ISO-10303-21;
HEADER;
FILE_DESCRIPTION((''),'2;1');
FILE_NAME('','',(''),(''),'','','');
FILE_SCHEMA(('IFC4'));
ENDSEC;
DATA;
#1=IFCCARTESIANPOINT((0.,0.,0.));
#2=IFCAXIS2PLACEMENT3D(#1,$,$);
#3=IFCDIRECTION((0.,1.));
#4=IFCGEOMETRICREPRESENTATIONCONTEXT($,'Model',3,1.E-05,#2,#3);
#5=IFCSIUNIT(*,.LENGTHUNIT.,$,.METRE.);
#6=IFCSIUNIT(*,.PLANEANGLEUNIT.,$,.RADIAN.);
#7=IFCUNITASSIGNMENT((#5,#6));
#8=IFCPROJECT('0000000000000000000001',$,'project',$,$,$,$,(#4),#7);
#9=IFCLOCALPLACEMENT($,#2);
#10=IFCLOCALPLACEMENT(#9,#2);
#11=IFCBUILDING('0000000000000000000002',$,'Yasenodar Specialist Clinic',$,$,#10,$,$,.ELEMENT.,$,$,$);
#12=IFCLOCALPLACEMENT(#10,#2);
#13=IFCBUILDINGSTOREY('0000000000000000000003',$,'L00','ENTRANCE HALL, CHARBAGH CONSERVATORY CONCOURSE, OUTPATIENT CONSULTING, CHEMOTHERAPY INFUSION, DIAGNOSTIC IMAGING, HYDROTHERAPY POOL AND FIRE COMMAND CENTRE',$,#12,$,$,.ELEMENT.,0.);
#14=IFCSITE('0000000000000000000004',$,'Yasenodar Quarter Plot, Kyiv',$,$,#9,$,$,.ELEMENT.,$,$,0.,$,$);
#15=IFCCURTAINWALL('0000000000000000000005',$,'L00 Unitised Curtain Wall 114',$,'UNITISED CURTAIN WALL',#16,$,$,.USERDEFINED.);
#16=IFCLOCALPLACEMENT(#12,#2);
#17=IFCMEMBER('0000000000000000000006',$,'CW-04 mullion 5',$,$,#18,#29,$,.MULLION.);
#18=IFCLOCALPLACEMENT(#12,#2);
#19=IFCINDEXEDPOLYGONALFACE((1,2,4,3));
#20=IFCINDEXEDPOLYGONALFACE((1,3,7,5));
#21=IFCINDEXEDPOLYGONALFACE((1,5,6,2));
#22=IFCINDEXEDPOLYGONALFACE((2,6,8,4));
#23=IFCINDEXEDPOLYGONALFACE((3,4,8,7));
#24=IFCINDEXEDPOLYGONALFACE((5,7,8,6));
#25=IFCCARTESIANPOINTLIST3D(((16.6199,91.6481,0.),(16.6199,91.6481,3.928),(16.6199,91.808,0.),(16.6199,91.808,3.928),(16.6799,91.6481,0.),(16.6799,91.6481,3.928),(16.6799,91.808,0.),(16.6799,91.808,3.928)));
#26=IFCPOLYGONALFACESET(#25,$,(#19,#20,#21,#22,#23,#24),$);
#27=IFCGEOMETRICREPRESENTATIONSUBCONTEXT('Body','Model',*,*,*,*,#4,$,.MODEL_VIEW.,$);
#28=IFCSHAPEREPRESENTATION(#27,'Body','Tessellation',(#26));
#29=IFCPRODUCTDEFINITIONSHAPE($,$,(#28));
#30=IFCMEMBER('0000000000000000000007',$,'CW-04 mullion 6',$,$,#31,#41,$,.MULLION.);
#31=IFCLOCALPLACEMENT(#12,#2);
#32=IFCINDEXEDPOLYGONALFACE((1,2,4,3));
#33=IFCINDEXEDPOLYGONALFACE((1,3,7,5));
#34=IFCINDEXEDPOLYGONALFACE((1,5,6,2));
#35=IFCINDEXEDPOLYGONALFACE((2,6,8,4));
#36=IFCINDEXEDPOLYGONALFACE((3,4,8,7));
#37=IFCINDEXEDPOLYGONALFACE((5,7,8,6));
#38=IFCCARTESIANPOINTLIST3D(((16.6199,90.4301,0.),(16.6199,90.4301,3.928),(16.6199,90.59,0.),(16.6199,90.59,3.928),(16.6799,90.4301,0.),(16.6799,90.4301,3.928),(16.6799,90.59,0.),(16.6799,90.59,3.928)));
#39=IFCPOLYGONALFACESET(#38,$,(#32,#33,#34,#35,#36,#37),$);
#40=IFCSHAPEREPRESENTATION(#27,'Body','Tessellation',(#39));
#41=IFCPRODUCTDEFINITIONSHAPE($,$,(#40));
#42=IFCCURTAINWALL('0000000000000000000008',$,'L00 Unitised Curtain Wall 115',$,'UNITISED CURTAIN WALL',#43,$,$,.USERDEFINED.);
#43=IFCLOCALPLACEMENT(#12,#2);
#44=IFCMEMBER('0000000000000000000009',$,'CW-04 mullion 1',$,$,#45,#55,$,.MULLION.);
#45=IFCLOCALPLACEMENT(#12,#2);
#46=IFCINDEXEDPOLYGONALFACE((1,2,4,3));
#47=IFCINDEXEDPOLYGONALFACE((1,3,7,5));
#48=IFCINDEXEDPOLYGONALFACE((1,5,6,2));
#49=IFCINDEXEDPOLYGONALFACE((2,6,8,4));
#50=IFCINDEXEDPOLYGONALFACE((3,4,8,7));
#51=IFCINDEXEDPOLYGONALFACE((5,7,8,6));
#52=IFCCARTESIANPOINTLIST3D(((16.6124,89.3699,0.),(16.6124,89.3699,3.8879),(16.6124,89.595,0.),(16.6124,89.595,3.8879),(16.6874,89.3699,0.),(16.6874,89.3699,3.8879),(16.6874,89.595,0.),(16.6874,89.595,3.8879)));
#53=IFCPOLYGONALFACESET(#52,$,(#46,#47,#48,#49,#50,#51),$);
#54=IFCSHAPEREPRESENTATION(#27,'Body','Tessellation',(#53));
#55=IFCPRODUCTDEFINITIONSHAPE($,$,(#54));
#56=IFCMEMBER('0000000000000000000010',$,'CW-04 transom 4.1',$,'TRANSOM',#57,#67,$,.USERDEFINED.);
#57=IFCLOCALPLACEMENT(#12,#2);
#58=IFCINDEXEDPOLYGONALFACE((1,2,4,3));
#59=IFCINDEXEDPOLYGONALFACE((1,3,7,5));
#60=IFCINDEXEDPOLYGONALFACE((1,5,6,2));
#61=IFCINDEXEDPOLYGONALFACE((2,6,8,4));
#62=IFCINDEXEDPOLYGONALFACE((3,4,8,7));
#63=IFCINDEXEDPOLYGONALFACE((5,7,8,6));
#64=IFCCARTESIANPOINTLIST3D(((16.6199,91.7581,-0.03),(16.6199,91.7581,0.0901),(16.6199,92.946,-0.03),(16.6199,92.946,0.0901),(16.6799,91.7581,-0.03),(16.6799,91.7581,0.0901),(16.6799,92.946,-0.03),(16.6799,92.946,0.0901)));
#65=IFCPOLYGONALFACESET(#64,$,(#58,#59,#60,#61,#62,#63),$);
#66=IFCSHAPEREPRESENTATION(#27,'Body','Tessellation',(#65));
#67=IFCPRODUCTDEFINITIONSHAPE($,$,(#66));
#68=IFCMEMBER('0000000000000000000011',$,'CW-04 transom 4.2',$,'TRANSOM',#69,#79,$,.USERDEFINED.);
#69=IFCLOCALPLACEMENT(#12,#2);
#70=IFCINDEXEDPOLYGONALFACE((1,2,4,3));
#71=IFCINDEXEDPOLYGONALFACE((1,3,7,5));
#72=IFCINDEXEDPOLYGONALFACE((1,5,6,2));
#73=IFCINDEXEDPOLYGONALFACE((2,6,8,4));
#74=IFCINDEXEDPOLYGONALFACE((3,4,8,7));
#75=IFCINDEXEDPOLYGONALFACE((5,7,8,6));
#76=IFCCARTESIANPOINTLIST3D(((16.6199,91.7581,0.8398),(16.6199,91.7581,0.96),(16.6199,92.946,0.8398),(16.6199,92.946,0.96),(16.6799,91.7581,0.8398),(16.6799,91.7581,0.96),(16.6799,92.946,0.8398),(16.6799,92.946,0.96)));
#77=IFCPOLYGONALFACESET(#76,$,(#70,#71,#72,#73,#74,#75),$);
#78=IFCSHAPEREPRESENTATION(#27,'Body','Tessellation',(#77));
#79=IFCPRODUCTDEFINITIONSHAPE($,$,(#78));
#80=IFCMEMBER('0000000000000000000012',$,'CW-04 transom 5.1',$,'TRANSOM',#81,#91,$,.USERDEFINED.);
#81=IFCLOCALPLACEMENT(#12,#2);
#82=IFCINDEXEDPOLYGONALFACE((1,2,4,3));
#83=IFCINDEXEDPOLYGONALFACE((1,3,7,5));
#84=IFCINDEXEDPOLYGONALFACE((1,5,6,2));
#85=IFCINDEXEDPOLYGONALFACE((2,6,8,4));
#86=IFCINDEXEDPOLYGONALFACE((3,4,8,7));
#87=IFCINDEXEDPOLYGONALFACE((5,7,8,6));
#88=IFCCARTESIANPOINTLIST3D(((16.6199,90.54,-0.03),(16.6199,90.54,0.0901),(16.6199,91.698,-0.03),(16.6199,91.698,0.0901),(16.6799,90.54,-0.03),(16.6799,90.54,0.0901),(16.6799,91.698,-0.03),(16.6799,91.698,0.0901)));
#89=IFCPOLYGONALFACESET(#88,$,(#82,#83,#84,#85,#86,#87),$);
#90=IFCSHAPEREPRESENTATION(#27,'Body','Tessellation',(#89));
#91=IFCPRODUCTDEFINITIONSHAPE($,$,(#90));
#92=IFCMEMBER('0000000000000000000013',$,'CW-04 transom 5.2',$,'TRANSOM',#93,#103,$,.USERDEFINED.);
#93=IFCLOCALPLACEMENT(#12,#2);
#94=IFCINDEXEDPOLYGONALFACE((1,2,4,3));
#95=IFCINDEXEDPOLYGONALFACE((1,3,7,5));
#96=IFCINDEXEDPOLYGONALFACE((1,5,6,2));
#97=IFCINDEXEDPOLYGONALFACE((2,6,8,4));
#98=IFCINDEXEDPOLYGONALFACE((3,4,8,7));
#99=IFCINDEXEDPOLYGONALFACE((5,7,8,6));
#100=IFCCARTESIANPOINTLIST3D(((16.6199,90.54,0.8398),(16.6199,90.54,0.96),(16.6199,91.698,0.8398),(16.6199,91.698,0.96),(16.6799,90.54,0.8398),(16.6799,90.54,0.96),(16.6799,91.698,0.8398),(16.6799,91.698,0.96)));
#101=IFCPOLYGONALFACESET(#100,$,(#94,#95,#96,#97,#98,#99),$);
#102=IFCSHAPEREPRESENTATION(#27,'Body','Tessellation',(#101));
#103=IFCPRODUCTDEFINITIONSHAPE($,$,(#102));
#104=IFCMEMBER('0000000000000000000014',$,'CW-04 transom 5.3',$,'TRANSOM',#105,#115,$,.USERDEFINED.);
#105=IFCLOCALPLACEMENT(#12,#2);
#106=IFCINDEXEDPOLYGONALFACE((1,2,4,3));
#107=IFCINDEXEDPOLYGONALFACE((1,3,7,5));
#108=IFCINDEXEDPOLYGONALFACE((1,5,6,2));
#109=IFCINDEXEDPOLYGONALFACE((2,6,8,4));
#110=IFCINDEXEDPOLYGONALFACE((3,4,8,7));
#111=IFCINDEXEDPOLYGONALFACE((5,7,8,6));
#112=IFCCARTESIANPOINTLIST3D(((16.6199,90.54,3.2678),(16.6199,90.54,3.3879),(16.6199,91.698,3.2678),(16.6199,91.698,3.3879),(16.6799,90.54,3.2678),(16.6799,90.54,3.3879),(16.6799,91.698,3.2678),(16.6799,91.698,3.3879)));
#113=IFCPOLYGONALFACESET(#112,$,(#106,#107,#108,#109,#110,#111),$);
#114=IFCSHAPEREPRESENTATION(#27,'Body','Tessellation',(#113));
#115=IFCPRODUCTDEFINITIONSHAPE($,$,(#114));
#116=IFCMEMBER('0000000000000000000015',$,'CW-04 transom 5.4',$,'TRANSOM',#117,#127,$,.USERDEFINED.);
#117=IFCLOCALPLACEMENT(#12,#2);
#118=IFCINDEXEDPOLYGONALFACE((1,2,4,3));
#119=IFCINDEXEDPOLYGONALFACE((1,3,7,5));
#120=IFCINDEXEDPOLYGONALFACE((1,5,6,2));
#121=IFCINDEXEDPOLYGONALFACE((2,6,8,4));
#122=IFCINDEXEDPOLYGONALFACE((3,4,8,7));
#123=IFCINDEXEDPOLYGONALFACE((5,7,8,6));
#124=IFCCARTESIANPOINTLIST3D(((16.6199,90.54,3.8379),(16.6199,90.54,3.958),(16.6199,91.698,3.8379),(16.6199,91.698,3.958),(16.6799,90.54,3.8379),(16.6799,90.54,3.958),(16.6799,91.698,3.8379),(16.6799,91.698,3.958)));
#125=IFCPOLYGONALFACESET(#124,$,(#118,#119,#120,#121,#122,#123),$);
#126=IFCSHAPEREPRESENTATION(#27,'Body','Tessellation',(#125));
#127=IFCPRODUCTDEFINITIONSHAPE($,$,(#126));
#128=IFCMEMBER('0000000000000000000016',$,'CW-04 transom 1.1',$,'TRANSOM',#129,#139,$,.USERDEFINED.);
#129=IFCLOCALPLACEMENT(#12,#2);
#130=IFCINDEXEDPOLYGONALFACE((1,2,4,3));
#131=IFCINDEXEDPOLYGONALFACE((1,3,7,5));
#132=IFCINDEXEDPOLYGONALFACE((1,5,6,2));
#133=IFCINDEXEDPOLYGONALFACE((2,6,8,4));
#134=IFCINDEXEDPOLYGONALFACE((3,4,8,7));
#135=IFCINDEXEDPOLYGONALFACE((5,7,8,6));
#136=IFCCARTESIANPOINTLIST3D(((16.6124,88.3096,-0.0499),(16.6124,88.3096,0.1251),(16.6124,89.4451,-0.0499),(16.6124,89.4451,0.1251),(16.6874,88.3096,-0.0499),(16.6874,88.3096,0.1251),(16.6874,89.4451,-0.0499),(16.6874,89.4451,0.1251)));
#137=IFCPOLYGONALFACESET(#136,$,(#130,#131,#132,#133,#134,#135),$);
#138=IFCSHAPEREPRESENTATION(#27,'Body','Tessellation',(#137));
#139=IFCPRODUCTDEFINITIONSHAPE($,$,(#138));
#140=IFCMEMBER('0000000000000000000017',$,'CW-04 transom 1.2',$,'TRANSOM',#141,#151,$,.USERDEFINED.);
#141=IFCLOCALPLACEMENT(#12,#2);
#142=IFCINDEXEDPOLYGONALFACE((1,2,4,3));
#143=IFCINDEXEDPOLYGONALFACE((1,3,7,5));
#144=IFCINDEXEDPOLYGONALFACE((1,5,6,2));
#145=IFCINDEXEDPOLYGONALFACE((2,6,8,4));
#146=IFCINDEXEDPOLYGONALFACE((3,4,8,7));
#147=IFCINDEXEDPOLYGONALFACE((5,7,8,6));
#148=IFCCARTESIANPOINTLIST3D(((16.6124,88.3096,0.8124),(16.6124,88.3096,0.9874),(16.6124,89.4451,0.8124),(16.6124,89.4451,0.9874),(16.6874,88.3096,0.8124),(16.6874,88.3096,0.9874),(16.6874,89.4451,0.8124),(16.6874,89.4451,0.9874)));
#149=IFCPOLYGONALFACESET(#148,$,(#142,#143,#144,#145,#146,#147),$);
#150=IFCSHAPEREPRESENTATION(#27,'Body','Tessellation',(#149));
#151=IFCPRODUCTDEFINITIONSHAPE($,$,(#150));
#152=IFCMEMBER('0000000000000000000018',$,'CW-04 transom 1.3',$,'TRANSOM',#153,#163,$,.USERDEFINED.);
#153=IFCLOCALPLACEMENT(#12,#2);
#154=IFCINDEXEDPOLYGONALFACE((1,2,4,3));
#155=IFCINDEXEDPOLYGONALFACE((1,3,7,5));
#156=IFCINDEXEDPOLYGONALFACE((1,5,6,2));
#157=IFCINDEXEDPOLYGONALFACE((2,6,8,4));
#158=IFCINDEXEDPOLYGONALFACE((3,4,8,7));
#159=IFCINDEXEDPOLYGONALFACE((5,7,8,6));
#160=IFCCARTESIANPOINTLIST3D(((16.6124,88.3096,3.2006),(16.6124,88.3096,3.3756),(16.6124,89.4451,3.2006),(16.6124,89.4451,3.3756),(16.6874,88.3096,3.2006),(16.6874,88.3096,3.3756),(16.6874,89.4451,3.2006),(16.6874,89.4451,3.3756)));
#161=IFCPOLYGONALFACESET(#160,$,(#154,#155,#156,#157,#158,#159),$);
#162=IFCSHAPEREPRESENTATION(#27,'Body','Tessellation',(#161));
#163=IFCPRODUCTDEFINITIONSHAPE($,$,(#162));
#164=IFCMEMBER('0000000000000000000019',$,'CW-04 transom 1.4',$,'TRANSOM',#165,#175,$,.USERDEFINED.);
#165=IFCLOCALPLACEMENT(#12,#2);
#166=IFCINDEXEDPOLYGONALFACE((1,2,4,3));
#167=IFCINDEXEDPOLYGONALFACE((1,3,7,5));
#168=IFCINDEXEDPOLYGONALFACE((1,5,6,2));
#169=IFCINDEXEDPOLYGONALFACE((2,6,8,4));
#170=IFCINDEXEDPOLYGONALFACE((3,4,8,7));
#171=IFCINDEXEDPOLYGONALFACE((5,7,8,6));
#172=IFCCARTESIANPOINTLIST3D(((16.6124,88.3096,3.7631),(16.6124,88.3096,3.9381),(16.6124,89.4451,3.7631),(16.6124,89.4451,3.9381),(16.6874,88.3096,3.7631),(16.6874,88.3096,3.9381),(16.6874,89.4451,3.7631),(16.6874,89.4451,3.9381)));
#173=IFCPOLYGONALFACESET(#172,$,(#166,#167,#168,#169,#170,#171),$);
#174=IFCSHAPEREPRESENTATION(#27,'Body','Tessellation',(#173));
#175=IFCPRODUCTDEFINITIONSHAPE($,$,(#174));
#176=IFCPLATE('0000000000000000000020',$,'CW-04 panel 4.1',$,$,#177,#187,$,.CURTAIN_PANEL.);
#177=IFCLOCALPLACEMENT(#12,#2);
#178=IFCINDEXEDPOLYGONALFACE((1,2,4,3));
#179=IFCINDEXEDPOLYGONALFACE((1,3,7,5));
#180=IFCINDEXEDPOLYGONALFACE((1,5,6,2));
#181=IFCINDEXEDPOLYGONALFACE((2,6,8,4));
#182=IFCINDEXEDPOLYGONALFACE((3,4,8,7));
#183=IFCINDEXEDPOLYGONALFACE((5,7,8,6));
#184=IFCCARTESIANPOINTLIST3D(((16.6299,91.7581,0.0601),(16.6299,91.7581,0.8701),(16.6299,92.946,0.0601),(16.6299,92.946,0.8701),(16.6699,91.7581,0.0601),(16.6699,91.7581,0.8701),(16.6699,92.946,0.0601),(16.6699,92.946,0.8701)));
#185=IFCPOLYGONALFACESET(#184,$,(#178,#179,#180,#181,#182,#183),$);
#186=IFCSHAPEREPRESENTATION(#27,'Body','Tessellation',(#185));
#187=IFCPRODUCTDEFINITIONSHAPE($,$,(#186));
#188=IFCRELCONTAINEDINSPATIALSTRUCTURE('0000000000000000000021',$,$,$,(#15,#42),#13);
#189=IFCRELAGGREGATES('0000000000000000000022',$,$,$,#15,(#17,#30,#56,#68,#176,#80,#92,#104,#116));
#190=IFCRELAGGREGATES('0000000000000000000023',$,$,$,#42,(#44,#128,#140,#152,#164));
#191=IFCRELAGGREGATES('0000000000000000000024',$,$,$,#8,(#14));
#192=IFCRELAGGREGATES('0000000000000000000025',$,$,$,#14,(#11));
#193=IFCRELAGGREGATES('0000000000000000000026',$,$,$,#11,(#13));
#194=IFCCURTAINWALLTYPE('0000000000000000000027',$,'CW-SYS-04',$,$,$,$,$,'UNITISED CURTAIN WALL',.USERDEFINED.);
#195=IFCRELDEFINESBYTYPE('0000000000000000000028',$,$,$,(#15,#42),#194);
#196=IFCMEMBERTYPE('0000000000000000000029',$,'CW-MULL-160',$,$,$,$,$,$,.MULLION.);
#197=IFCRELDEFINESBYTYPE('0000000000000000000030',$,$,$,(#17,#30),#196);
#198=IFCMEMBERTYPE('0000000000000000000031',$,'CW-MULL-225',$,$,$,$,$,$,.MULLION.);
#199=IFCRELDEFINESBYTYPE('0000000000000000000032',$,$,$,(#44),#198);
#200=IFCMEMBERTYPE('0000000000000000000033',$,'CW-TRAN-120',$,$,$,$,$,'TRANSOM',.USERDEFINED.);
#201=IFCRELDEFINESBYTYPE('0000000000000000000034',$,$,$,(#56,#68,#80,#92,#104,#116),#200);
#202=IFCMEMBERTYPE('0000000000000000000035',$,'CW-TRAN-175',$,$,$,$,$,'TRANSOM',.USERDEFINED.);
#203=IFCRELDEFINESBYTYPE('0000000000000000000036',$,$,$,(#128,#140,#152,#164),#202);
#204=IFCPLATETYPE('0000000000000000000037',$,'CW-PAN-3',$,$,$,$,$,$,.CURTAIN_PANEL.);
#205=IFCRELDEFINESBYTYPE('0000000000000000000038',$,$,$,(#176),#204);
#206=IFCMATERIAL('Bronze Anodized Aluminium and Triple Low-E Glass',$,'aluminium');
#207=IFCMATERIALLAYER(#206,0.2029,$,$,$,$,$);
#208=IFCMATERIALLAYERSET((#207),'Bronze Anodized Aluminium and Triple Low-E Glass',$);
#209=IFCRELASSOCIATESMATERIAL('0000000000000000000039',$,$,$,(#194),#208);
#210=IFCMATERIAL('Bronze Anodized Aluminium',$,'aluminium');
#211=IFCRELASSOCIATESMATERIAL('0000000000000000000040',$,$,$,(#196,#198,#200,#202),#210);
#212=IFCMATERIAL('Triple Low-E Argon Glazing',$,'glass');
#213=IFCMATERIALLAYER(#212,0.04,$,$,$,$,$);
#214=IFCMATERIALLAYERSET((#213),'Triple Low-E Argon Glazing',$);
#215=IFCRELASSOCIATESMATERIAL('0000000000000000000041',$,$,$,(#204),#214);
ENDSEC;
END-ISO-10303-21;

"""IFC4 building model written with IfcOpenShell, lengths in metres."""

from ifc_helpers import new_model, si_unit, direction, frame, origin, origin_2d, place, context, subcontext, project, spatial, rectangle, extrude, material, layer, layer_set, material_profile, profile_set, type_object, element, aggregate, save


model = new_model("IFC4")

# Units and contexts
model_context = context("Model", 3, precision=1e-05, world=origin(), true_north=direction((0.0, 1.0)))
body_context = subcontext(model_context, "Body", "Model", "MODEL_VIEW")
ifc_project = project(units=[si_unit("LENGTHUNIT", "METRE"), si_unit("PLANEANGLEUNIT", "RADIAN")], contexts=[model_context])

# Site, building, storey
site_placement = place(None, origin())
site = spatial("IfcSite", under=ifc_project, at=site_placement, Name="Yasenodar Quarter Plot, Kyiv", CompositionType="ELEMENT", RefElevation=0.0)
building_placement = place(site_placement, origin())
building = spatial("IfcBuilding", under=site, at=building_placement, Name="Yasenodar Specialist Clinic", CompositionType="ELEMENT")
storey_placement = place(building_placement, origin())
storey = spatial("IfcBuildingStorey", under=building, at=storey_placement, Name="L00", Description="ENTRANCE HALL, CHARBAGH CONSERVATORY CONCOURSE, OUTPATIENT CONSULTING, CHEMOTHERAPY INFUSION, DIAGNOSTIC IMAGING, HYDROTHERAPY POOL AND FIRE COMMAND CENTRE", CompositionType="ELEMENT", Elevation=0.0)

# Curtain wall, members
ifc_material_1 = material(Name="Bronze Anodized Aluminium and Triple Low-E Glass", Category="aluminium")
ifc_layer_1 = layer(ifc_material_1, 0.2029)
ifc_layer_set_1 = layer_set([ifc_layer_1], Name="Bronze Anodized Aluminium and Triple Low-E Glass")
curtain_wall_type = type_object("IfcCurtainWallType", Name="CW-SYS-04", ElementType="UNITISED CURTAIN WALL", PredefinedType="USERDEFINED", material=ifc_layer_set_1)
curtain_wall_1_placement = place(storey_placement, origin())
curtain_wall_1 = element("IfcCurtainWall", 1, at=curtain_wall_1_placement, inside=storey, type_object=curtain_wall_type, Name="L00 Unitised Curtain Wall 114", ObjectType="UNITISED CURTAIN WALL", PredefinedType="USERDEFINED")
ifc_material_2 = material(Name="Bronze Anodized Aluminium", Category="aluminium")
ifc_material_profile_1 = material_profile(ifc_material_2, rectangle(XDim=0.0601, YDim=0.1599, at=origin_2d()), Name="CW-MULL 60x160")
ifc_profile_set_1 = profile_set([ifc_material_profile_1], Name="Bronze Anodized Aluminium")
member_type_1 = type_object("IfcMemberType", Name="CW-MULL-160", PredefinedType="MULLION", material=ifc_profile_set_1)
member_1_placement = place(storey_placement, frame((16.6499, 91.728, 0.0), z_axis=(0.0, 0.0, 1.0), x_axis=(1.0, 0.0, 0.0)))
member_1 = element("IfcMember", 2, at=member_1_placement, type_object=member_type_1, Name="CW-04 mullion 5", PredefinedType="MULLION", context=body_context, shape_type="SweptSolid", body=[
    extrude(rectangle(XDim=0.0601, YDim=0.1599, at=origin_2d()), origin(), (0.0, 0.0, 1.0), 3.928),
])
member_2_placement = place(storey_placement, frame((16.6499, 90.51, 0.0), z_axis=(0.0, 0.0, 1.0), x_axis=(1.0, 0.0, 0.0)))
member_2 = element("IfcMember", 3, at=member_2_placement, type_object=member_type_1, Name="CW-04 mullion 6", PredefinedType="MULLION", context=body_context, shape_type="SweptSolid", body=[
    extrude(rectangle(XDim=0.0601, YDim=0.1599, at=origin_2d()), origin(), (0.0, 0.0, 1.0), 3.928),
])

# Curtain wall, member
curtain_wall_2_placement = place(storey_placement, origin())
curtain_wall_2 = element("IfcCurtainWall", 4, at=curtain_wall_2_placement, inside=storey, type_object=curtain_wall_type, Name="L00 Unitised Curtain Wall 115", ObjectType="UNITISED CURTAIN WALL", PredefinedType="USERDEFINED")
ifc_material_profile_2 = material_profile(ifc_material_2, rectangle(XDim=0.075, YDim=0.2251, at=origin_2d()), Name="CW-MULL 75x225")
ifc_profile_set_2 = profile_set([ifc_material_profile_2], Name="Bronze Anodized Aluminium")
member_type_2 = type_object("IfcMemberType", Name="CW-MULL-225", PredefinedType="MULLION", material=ifc_profile_set_2)
member_3_placement = place(storey_placement, frame((16.6499, 89.4824, 0.0), z_axis=(0.0, 0.0, 1.0), x_axis=(1.0, 0.0, 0.0)))
member_3 = element("IfcMember", 5, at=member_3_placement, type_object=member_type_2, Name="CW-04 mullion 1", PredefinedType="MULLION", context=body_context, shape_type="SweptSolid", body=[
    extrude(rectangle(XDim=0.075, YDim=0.2251, at=origin_2d()), origin(), (0.0, 0.0, 1.0), 3.8879),
])

# Members
ifc_material_profile_3 = material_profile(ifc_material_2, rectangle(XDim=0.0601, YDim=0.1201, at=origin_2d()), Name="CW-TRAN 60x120")
ifc_profile_set_3 = profile_set([ifc_material_profile_3], Name="Bronze Anodized Aluminium")
member_type_3 = type_object("IfcMemberType", Name="CW-TRAN-120", ElementType="TRANSOM", PredefinedType="USERDEFINED", material=ifc_profile_set_3)
member_4_placement = place(storey_placement, frame((16.6499, 92.946, 0.03), z_axis=(0.0, -1.0, 0.0), x_axis=(1.0, 0.0, 0.0)))
member_4 = element("IfcMember", 6, at=member_4_placement, type_object=member_type_3, Name="CW-04 transom 4.1", ObjectType="TRANSOM", PredefinedType="USERDEFINED", context=body_context, shape_type="SweptSolid", body=[
    extrude(rectangle(XDim=0.0601, YDim=0.1201, at=origin_2d()), origin(), (0.0, 0.0, 1.0), 1.188),
])
member_5_placement = place(storey_placement, frame((16.6499, 92.946, 0.8999), z_axis=(0.0, -1.0, 0.0), x_axis=(1.0, 0.0, 0.0)))
member_5 = element("IfcMember", 7, at=member_5_placement, type_object=member_type_3, Name="CW-04 transom 4.2", ObjectType="TRANSOM", PredefinedType="USERDEFINED", context=body_context, shape_type="SweptSolid", body=[
    extrude(rectangle(XDim=0.0601, YDim=0.1201, at=origin_2d()), origin(), (0.0, 0.0, 1.0), 1.188),
])
member_6_placement = place(storey_placement, frame((16.6499, 91.698, 0.03), z_axis=(0.0, -1.0, 0.0), x_axis=(1.0, 0.0, 0.0)))
member_6 = element("IfcMember", 8, at=member_6_placement, type_object=member_type_3, Name="CW-04 transom 5.1", ObjectType="TRANSOM", PredefinedType="USERDEFINED", context=body_context, shape_type="SweptSolid", body=[
    extrude(rectangle(XDim=0.0601, YDim=0.1201, at=origin_2d()), origin(), (0.0, 0.0, 1.0), 1.158),
])
member_7_placement = place(storey_placement, frame((16.6499, 91.698, 0.8999), z_axis=(0.0, -1.0, 0.0), x_axis=(1.0, 0.0, 0.0)))
member_7 = element("IfcMember", 9, at=member_7_placement, type_object=member_type_3, Name="CW-04 transom 5.2", ObjectType="TRANSOM", PredefinedType="USERDEFINED", context=body_context, shape_type="SweptSolid", body=[
    extrude(rectangle(XDim=0.0601, YDim=0.1201, at=origin_2d()), origin(), (0.0, 0.0, 1.0), 1.158),
])
member_8_placement = place(storey_placement, frame((16.6499, 91.698, 3.3279), z_axis=(0.0, -1.0, 0.0), x_axis=(1.0, 0.0, 0.0)))
member_8 = element("IfcMember", 10, at=member_8_placement, type_object=member_type_3, Name="CW-04 transom 5.3", ObjectType="TRANSOM", PredefinedType="USERDEFINED", context=body_context, shape_type="SweptSolid", body=[
    extrude(rectangle(XDim=0.0601, YDim=0.1201, at=origin_2d()), origin(), (0.0, 0.0, 1.0), 1.158),
])
member_9_placement = place(storey_placement, frame((16.6499, 91.698, 3.8979), z_axis=(0.0, -1.0, 0.0), x_axis=(1.0, 0.0, 0.0)))
member_9 = element("IfcMember", 11, at=member_9_placement, type_object=member_type_3, Name="CW-04 transom 5.4", ObjectType="TRANSOM", PredefinedType="USERDEFINED", context=body_context, shape_type="SweptSolid", body=[
    extrude(rectangle(XDim=0.0601, YDim=0.1201, at=origin_2d()), origin(), (0.0, 0.0, 1.0), 1.158),
])
ifc_material_profile_4 = material_profile(ifc_material_2, rectangle(XDim=0.075, YDim=0.175, at=origin_2d()), Name="CW-TRAN 75x175")
ifc_profile_set_4 = profile_set([ifc_material_profile_4], Name="Bronze Anodized Aluminium")
member_type_4 = type_object("IfcMemberType", Name="CW-TRAN-175", ElementType="TRANSOM", PredefinedType="USERDEFINED", material=ifc_profile_set_4)
member_10_placement = place(storey_placement, frame((16.6499, 89.4451, 0.0376), z_axis=(0.0, -1.0, 0.0), x_axis=(1.0, 0.0, 0.0)))
member_10 = element("IfcMember", 12, at=member_10_placement, type_object=member_type_4, Name="CW-04 transom 1.1", ObjectType="TRANSOM", PredefinedType="USERDEFINED", context=body_context, shape_type="SweptSolid", body=[
    extrude(rectangle(XDim=0.075, YDim=0.175, at=origin_2d()), origin(), (0.0, 0.0, 1.0), 1.1355),
])
member_11_placement = place(storey_placement, frame((16.6499, 89.4451, 0.8999), z_axis=(0.0, -1.0, 0.0), x_axis=(1.0, 0.0, 0.0)))
member_11 = element("IfcMember", 13, at=member_11_placement, type_object=member_type_4, Name="CW-04 transom 1.2", ObjectType="TRANSOM", PredefinedType="USERDEFINED", context=body_context, shape_type="SweptSolid", body=[
    extrude(rectangle(XDim=0.075, YDim=0.175, at=origin_2d()), origin(), (0.0, 0.0, 1.0), 1.1355),
])
member_12_placement = place(storey_placement, frame((16.6499, 89.4451, 3.2881), z_axis=(0.0, -1.0, 0.0), x_axis=(1.0, 0.0, 0.0)))
member_12 = element("IfcMember", 14, at=member_12_placement, type_object=member_type_4, Name="CW-04 transom 1.3", ObjectType="TRANSOM", PredefinedType="USERDEFINED", context=body_context, shape_type="SweptSolid", body=[
    extrude(rectangle(XDim=0.075, YDim=0.175, at=origin_2d()), origin(), (0.0, 0.0, 1.0), 1.1355),
])
member_13_placement = place(storey_placement, frame((16.6499, 89.4451, 3.8506), z_axis=(0.0, -1.0, 0.0), x_axis=(1.0, 0.0, 0.0)))
member_13 = element("IfcMember", 15, at=member_13_placement, type_object=member_type_4, Name="CW-04 transom 1.4", ObjectType="TRANSOM", PredefinedType="USERDEFINED", context=body_context, shape_type="SweptSolid", body=[
    extrude(rectangle(XDim=0.075, YDim=0.175, at=origin_2d()), origin(), (0.0, 0.0, 1.0), 1.1355),
])

# Plate
ifc_material_3 = material(Name="Triple Low-E Argon Glazing", Category="glass")
ifc_layer_2 = layer(ifc_material_3, 0.04)
ifc_layer_set_2 = layer_set([ifc_layer_2], Name="Triple Low-E Argon Glazing")
plate_type_1 = type_object("IfcPlateType", Name="CW-PAN-3", PredefinedType="CURTAIN_PANEL", material=ifc_layer_set_2)
plate_1_placement = place(storey_placement, frame((16.6499, 92.3521, 0.0601), z_axis=(0.0, 0.0, 1.0), x_axis=(0.0, -1.0, 0.0)))
plate_1 = element("IfcPlate", 16, at=plate_1_placement, type_object=plate_type_1, Name="CW-04 panel 4.1", PredefinedType="CURTAIN_PANEL", context=body_context, shape_type="SweptSolid", body=[
    extrude(rectangle(XDim=1.188, YDim=0.04, at=origin_2d()), origin(), (0.0, 0.0, 1.0), 0.8101),
])
aggregate(curtain_wall_1, [member_1, member_2, member_4, member_5, plate_1, member_6, member_7, member_8, member_9])
aggregate(curtain_wall_2, [member_3, member_10, member_11, member_12, member_13])

save(model, "model.ifc")
